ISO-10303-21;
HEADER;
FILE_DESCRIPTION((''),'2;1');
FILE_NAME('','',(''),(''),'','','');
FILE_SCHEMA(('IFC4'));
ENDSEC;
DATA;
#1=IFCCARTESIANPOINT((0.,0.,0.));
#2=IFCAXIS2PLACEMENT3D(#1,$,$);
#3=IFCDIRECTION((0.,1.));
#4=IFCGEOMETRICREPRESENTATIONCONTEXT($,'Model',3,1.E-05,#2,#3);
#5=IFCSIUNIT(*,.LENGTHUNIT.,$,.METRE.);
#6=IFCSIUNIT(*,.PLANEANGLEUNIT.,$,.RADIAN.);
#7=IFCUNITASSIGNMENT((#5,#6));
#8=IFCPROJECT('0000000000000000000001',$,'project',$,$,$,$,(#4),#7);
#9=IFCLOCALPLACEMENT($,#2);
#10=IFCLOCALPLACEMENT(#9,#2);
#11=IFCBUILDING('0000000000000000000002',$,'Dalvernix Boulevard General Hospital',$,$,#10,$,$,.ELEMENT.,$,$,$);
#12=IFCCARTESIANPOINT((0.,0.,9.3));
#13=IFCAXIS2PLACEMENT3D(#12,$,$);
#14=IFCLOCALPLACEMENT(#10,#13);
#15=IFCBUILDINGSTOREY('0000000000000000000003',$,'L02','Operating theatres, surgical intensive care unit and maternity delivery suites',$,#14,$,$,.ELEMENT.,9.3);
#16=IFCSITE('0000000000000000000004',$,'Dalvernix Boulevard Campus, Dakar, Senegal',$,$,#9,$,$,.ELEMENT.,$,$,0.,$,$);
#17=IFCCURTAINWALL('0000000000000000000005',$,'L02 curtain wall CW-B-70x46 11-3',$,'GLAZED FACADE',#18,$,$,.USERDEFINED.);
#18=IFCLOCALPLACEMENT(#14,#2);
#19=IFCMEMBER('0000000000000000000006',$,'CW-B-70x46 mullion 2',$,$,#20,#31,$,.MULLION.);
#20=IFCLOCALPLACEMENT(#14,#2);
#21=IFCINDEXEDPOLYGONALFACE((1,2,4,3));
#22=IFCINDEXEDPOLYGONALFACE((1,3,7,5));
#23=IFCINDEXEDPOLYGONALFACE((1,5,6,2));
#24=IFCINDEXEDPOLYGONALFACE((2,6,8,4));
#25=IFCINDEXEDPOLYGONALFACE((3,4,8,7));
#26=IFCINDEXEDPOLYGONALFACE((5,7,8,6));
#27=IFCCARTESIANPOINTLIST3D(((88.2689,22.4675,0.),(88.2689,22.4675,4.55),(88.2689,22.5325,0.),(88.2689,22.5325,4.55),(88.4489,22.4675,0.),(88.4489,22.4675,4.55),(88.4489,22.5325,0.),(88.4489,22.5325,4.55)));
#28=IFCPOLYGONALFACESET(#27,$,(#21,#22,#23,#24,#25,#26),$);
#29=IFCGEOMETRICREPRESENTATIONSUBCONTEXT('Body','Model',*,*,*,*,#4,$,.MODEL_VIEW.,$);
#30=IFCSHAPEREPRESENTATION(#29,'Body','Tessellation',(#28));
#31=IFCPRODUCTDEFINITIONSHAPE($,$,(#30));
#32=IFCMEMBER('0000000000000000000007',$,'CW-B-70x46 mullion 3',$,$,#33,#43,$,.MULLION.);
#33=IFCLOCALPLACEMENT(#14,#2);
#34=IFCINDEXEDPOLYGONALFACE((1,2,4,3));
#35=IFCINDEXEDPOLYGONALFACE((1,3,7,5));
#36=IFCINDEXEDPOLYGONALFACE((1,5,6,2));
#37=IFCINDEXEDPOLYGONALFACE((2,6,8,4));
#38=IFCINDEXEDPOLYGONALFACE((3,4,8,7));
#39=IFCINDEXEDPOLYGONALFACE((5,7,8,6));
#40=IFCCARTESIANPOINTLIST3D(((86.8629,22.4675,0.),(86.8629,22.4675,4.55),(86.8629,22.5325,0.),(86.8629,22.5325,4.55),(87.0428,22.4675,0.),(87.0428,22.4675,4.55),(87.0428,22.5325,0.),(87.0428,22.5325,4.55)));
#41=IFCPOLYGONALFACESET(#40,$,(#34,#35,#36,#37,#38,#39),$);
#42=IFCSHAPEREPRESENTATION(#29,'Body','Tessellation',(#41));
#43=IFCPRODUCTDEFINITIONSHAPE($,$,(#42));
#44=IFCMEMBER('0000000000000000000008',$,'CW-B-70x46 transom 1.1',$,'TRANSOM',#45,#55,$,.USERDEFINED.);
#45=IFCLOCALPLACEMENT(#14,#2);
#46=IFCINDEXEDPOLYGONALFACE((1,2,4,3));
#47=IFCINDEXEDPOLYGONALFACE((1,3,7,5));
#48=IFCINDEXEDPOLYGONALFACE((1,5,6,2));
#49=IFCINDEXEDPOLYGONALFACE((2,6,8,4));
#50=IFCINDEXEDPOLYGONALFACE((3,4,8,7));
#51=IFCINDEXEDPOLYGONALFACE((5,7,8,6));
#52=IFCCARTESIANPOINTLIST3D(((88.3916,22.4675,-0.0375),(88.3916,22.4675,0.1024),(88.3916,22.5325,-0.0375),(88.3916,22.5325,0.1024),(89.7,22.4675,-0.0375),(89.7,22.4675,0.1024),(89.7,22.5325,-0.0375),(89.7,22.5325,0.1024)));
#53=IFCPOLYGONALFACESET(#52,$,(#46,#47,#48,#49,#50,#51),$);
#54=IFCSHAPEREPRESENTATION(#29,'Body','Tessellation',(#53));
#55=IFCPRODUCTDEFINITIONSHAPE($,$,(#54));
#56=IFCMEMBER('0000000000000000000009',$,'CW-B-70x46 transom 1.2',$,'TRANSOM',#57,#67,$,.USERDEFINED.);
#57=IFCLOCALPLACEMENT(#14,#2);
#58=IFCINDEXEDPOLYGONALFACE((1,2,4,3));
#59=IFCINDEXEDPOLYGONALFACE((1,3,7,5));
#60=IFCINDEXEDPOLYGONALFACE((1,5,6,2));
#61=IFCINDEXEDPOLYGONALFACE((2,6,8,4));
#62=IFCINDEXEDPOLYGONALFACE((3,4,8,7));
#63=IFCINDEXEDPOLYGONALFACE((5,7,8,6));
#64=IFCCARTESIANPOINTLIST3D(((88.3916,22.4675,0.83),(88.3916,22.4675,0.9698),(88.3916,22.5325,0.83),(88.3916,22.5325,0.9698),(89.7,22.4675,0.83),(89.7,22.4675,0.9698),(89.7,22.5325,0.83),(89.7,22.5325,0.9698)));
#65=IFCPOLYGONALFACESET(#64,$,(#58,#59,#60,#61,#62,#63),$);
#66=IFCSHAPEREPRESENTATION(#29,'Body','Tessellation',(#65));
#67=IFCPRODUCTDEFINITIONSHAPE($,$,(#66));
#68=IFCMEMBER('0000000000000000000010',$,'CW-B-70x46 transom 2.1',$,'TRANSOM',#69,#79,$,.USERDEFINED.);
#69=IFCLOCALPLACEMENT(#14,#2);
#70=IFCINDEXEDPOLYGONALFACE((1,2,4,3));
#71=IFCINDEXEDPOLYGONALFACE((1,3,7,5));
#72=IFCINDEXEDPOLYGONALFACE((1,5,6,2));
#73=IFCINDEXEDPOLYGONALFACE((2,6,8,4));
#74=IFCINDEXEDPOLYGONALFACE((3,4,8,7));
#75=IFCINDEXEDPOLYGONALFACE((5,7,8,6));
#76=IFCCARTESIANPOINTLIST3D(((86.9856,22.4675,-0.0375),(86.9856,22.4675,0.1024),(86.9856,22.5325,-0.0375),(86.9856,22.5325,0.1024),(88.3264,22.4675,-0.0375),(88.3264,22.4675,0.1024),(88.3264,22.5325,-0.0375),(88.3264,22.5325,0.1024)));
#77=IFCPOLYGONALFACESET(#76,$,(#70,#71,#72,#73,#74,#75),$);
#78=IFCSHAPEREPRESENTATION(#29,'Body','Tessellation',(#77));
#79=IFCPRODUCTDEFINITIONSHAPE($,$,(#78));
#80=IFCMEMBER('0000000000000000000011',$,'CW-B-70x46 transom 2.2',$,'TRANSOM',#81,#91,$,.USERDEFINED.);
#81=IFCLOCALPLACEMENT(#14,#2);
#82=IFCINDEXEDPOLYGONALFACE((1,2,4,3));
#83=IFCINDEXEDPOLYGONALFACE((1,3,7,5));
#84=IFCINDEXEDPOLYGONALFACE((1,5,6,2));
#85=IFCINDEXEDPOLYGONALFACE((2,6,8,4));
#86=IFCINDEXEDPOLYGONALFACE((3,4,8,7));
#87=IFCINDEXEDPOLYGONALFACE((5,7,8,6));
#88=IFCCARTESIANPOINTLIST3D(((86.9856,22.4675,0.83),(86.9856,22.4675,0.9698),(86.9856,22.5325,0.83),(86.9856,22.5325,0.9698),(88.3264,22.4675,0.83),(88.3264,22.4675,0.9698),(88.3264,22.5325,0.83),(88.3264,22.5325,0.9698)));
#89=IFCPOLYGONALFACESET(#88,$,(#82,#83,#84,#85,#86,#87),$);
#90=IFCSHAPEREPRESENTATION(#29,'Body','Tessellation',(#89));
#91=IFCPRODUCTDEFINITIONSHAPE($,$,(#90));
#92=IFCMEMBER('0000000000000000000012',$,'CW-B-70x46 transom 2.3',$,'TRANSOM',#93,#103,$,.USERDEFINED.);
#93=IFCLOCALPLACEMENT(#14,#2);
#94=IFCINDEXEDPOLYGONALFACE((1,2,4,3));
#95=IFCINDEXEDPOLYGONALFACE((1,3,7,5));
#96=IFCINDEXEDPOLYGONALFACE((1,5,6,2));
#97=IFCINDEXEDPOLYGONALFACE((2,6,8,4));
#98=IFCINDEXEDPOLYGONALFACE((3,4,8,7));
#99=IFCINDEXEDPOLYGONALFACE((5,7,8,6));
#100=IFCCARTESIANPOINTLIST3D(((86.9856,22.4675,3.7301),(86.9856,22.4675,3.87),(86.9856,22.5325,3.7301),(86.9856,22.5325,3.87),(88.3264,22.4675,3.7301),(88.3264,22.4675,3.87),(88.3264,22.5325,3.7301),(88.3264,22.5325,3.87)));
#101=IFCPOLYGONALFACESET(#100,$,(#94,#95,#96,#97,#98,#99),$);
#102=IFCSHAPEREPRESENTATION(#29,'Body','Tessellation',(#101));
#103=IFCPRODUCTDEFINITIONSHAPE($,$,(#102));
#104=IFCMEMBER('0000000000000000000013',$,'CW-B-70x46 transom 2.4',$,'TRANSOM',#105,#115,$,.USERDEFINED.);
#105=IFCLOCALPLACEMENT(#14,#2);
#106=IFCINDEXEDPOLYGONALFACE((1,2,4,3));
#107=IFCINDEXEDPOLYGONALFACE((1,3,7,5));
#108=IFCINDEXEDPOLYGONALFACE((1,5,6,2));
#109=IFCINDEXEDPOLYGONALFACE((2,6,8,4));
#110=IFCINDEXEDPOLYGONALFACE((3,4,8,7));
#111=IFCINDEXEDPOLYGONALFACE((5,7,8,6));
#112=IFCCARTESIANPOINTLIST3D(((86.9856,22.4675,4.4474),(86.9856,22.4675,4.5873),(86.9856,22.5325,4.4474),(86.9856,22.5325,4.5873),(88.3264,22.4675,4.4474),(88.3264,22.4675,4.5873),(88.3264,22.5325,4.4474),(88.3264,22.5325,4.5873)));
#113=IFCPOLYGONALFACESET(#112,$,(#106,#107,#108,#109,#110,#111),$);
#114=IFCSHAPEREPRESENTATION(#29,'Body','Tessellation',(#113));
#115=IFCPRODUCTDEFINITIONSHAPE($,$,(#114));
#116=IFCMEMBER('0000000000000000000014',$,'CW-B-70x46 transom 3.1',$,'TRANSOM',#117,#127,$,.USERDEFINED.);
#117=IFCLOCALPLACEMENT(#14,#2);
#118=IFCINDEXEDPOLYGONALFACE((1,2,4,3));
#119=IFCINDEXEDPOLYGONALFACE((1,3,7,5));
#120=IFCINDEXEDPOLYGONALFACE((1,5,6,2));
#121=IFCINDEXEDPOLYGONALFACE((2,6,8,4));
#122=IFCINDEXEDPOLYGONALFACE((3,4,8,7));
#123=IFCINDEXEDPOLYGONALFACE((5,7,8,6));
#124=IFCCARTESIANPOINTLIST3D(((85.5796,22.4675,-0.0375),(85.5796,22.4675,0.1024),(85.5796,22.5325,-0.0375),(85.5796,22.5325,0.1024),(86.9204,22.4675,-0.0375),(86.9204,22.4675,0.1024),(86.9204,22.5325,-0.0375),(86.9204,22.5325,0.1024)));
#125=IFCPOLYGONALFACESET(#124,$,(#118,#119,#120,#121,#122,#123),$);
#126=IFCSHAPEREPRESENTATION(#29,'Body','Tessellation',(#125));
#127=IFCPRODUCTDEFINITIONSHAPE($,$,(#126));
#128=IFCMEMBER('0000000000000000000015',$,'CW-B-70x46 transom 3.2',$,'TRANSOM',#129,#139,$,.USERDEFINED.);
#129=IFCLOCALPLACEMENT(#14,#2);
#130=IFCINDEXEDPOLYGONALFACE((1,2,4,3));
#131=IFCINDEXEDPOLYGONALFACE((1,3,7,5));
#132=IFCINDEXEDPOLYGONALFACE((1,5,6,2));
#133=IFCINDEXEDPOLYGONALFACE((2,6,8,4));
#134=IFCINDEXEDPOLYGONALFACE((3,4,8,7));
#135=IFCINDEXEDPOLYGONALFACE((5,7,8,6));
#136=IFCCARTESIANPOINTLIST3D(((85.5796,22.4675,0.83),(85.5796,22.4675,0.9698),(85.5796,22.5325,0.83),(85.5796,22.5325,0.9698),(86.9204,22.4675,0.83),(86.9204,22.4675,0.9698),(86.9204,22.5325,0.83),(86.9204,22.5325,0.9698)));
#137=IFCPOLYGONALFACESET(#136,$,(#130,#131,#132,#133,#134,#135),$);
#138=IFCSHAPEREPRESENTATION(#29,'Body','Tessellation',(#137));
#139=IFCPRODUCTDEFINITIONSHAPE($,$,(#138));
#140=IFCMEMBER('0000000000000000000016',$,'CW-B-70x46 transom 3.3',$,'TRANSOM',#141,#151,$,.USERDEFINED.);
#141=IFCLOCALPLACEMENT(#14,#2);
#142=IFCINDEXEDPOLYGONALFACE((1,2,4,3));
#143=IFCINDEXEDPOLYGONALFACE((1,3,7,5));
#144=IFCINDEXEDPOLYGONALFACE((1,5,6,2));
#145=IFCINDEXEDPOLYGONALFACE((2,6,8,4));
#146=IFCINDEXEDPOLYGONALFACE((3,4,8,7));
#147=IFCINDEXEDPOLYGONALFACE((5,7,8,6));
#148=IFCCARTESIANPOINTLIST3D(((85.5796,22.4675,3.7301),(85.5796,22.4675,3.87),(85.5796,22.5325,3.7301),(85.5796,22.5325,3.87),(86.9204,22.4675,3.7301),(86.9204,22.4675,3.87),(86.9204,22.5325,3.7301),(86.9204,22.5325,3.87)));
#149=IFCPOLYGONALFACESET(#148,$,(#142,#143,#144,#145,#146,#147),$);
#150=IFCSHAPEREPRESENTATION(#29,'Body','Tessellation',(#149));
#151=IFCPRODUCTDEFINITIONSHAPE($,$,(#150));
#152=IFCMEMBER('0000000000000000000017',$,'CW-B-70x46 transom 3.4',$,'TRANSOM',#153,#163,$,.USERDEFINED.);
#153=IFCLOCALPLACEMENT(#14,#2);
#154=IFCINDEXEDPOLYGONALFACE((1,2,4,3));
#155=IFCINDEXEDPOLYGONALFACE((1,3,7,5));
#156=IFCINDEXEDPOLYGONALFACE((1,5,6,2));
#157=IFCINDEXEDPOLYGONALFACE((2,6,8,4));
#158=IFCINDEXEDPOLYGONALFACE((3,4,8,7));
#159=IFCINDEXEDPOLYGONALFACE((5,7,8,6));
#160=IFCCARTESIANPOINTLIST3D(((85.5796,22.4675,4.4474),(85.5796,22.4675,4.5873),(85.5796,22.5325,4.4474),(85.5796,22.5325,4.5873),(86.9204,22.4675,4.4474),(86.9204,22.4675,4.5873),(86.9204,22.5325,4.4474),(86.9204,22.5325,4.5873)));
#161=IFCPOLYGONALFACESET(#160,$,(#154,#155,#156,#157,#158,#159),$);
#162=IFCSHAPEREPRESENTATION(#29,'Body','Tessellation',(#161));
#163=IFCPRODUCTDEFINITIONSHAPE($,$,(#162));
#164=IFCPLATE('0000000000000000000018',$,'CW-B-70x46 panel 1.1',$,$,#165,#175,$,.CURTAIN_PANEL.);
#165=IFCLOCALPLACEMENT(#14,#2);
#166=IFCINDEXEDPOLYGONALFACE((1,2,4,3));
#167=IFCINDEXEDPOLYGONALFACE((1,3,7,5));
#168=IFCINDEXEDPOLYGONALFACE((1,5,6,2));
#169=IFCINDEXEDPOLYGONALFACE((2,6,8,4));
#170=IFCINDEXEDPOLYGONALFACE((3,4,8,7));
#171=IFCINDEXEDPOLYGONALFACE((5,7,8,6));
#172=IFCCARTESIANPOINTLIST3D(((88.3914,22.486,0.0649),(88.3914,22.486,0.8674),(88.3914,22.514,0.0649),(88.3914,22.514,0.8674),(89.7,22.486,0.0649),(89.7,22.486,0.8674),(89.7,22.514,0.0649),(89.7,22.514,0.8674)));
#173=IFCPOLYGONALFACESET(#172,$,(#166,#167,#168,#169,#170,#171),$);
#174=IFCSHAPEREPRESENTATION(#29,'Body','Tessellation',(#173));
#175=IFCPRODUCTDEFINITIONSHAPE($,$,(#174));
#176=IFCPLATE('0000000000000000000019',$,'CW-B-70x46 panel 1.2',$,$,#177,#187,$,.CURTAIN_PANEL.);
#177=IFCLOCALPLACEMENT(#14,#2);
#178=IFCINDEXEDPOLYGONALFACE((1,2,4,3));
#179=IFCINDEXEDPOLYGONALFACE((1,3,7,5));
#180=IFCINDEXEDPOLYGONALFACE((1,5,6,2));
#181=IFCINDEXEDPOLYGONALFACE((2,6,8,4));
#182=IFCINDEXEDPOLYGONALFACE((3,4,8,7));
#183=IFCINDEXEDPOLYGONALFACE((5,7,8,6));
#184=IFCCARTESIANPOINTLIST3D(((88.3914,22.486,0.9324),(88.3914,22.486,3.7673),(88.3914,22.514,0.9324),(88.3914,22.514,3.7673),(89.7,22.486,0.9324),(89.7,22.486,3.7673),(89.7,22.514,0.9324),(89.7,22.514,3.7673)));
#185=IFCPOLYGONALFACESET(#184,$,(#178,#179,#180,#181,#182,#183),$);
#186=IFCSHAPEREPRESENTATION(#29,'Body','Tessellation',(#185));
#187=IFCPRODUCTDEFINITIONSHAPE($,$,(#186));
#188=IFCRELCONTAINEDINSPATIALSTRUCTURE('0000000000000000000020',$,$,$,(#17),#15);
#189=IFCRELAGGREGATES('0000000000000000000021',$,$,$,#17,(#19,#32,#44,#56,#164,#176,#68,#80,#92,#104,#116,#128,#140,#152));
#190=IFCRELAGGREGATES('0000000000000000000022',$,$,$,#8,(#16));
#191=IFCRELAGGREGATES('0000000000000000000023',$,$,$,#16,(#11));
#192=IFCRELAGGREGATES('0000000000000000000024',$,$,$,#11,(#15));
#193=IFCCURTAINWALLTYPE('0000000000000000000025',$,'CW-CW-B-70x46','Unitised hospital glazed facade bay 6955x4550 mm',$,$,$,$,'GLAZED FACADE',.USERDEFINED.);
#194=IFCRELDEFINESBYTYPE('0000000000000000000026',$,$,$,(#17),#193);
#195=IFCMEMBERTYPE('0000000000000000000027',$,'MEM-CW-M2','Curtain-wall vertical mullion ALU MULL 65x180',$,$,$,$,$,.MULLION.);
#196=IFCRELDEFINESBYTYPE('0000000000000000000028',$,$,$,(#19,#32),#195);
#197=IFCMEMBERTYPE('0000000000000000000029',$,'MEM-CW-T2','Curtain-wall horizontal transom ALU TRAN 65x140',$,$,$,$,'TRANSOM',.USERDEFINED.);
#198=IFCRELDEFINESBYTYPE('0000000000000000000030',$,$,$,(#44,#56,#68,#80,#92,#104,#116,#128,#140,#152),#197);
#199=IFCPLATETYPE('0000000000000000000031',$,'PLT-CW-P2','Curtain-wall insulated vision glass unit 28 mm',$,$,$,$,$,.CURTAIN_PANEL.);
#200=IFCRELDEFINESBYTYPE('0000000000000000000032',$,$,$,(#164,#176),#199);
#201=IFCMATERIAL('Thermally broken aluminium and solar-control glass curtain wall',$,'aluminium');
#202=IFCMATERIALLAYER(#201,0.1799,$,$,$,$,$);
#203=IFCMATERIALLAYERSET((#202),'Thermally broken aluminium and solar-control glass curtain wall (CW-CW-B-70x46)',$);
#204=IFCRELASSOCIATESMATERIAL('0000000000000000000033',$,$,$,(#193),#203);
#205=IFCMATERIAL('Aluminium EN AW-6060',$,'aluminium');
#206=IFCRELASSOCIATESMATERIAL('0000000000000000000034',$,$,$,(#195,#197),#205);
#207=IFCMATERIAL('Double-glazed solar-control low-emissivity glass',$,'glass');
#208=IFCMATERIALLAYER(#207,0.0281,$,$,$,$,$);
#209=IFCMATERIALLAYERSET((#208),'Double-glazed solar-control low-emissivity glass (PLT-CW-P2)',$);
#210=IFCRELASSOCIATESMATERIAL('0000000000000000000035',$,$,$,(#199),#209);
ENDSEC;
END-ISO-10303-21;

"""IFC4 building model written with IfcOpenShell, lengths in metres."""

from ifc_helpers import new_model, si_unit, direction, frame, origin, origin_2d, place, context, subcontext, project, spatial, rectangle, extrude, material, layer, layer_set, material_profile, profile_set, type_object, element, aggregate, save


model = new_model("IFC4")

# Units and contexts
model_context = context("Model", 3, precision=1e-05, world=origin(), true_north=direction((0.0, 1.0)))
body_context = subcontext(model_context, "Body", "Model", "MODEL_VIEW")
ifc_project = project(units=[si_unit("LENGTHUNIT", "METRE"), si_unit("PLANEANGLEUNIT", "RADIAN")], contexts=[model_context])

# Site, building, storey
site_placement = place(None, origin())
site = spatial("IfcSite", under=ifc_project, at=site_placement, Name="Dalvernix Boulevard Campus, Dakar, Senegal", CompositionType="ELEMENT", RefElevation=0.0)
building_placement = place(site_placement, origin())
building = spatial("IfcBuilding", under=site, at=building_placement, Name="Dalvernix Boulevard General Hospital", CompositionType="ELEMENT")
storey_placement = place(building_placement, frame((0.0, 0.0, 9.3)))
storey = spatial("IfcBuildingStorey", under=building, at=storey_placement, Name="L02", Description="Operating theatres, surgical intensive care unit and maternity delivery suites", CompositionType="ELEMENT", Elevation=9.3)

# Curtain wall, members, plates
ifc_material_1 = material(Name="Thermally broken aluminium and solar-control glass curtain wall", Category="aluminium")
ifc_layer_1 = layer(ifc_material_1, 0.1799)
ifc_layer_set_1 = layer_set([ifc_layer_1], Name="Thermally broken aluminium and solar-control glass curtain wall (CW-CW-B-70x46)")
curtain_wall_type = type_object("IfcCurtainWallType", Name="CW-CW-B-70x46", Description="Unitised hospital glazed facade bay 6955x4550 mm", ElementType="GLAZED FACADE", PredefinedType="USERDEFINED", material=ifc_layer_set_1)
curtain_wall_placement = place(storey_placement, origin())
curtain_wall = element("IfcCurtainWall", 1, at=curtain_wall_placement, inside=storey, type_object=curtain_wall_type, Name="L02 curtain wall CW-B-70x46 11-3", ObjectType="GLAZED FACADE", PredefinedType="USERDEFINED")
ifc_material_2 = material(Name="Aluminium EN AW-6060", Category="aluminium")
ifc_material_profile_1 = material_profile(ifc_material_2, rectangle(XDim=0.0649, YDim=0.1799, at=origin_2d()), Name="ALU MULL 65x180")
ifc_profile_set_1 = profile_set([ifc_material_profile_1], Name="Aluminium EN AW-6060")
member_type_1 = type_object("IfcMemberType", Name="MEM-CW-M2", Description="Curtain-wall vertical mullion ALU MULL 65x180", PredefinedType="MULLION", material=ifc_profile_set_1)
member_1_placement = place(storey_placement, frame((88.3589, 22.5, 0.0), z_axis=(0.0, 0.0, 1.0), x_axis=(0.0, -1.0, 0.0)))
member_1 = element("IfcMember", 2, at=member_1_placement, type_object=member_type_1, Name="CW-B-70x46 mullion 2", PredefinedType="MULLION", context=body_context, shape_type="SweptSolid", body=[
    extrude(rectangle(XDim=0.0649, YDim=0.1799, at=origin_2d()), origin(), (0.0, 0.0, 1.0), 4.55),
])
member_2_placement = place(storey_placement, frame((86.9529, 22.5, 0.0), z_axis=(0.0, 0.0, 1.0), x_axis=(0.0, -1.0, 0.0)))
member_2 = element("IfcMember", 3, at=member_2_placement, type_object=member_type_1, Name="CW-B-70x46 mullion 3", PredefinedType="MULLION", context=body_context, shape_type="SweptSolid", body=[
    extrude(rectangle(XDim=0.0649, YDim=0.1799, at=origin_2d()), origin(), (0.0, 0.0, 1.0), 4.55),
])
ifc_material_profile_2 = material_profile(ifc_material_2, rectangle(XDim=0.0649, YDim=0.1399, at=origin_2d()), Name="ALU TRAN 65x140")
ifc_profile_set_2 = profile_set([ifc_material_profile_2], Name="Aluminium EN AW-6060")
member_type_2 = type_object("IfcMemberType", Name="MEM-CW-T2", Description="Curtain-wall horizontal transom ALU TRAN 65x140", ElementType="TRANSOM", PredefinedType="USERDEFINED", material=ifc_profile_set_2)
member_3_placement = place(storey_placement, frame((89.7, 22.5, 0.0325), z_axis=(-1.0, 0.0, 0.0), x_axis=(0.0, -1.0, 0.0)))
member_3 = element("IfcMember", 4, at=member_3_placement, type_object=member_type_2, Name="CW-B-70x46 transom 1.1", ObjectType="TRANSOM", PredefinedType="USERDEFINED", context=body_context, shape_type="SweptSolid", body=[
    extrude(rectangle(XDim=0.0649, YDim=0.1399, at=origin_2d()), origin(), (0.0, 0.0, 1.0), 1.3083),
])
member_4_placement = place(storey_placement, frame((89.7, 22.5, 0.8999), z_axis=(-1.0, 0.0, 0.0), x_axis=(0.0, -1.0, 0.0)))
member_4 = element("IfcMember", 5, at=member_4_placement, type_object=member_type_2, Name="CW-B-70x46 transom 1.2", ObjectType="TRANSOM", PredefinedType="USERDEFINED", context=body_context, shape_type="SweptSolid", body=[
    extrude(rectangle(XDim=0.0649, YDim=0.1399, at=origin_2d()), origin(), (0.0, 0.0, 1.0), 1.3083),
])
member_5_placement = place(storey_placement, frame((88.3264, 22.5, 0.0325), z_axis=(-1.0, 0.0, 0.0), x_axis=(0.0, -1.0, 0.0)))
member_5 = element("IfcMember", 6, at=member_5_placement, type_object=member_type_2, Name="CW-B-70x46 transom 2.1", ObjectType="TRANSOM", PredefinedType="USERDEFINED", context=body_context, shape_type="SweptSolid", body=[
    extrude(rectangle(XDim=0.0649, YDim=0.1399, at=origin_2d()), origin(), (0.0, 0.0, 1.0), 1.3408),
])
member_6_placement = place(storey_placement, frame((88.3264, 22.5, 0.8999), z_axis=(-1.0, 0.0, 0.0), x_axis=(0.0, -1.0, 0.0)))
member_6 = element("IfcMember", 7, at=member_6_placement, type_object=member_type_2, Name="CW-B-70x46 transom 2.2", ObjectType="TRANSOM", PredefinedType="USERDEFINED", context=body_context, shape_type="SweptSolid", body=[
    extrude(rectangle(XDim=0.0649, YDim=0.1399, at=origin_2d()), origin(), (0.0, 0.0, 1.0), 1.3408),
])
member_7_placement = place(storey_placement, frame((88.3264, 22.5, 3.8), z_axis=(-1.0, 0.0, 0.0), x_axis=(0.0, -1.0, 0.0)))
member_7 = element("IfcMember", 8, at=member_7_placement, type_object=member_type_2, Name="CW-B-70x46 transom 2.3", ObjectType="TRANSOM", PredefinedType="USERDEFINED", context=body_context, shape_type="SweptSolid", body=[
    extrude(rectangle(XDim=0.0649, YDim=0.1399, at=origin_2d()), origin(), (0.0, 0.0, 1.0), 1.3408),
])
member_8_placement = place(storey_placement, frame((88.3264, 22.5, 4.5173), z_axis=(-1.0, 0.0, 0.0), x_axis=(0.0, -1.0, 0.0)))
member_8 = element("IfcMember", 9, at=member_8_placement, type_object=member_type_2, Name="CW-B-70x46 transom 2.4", ObjectType="TRANSOM", PredefinedType="USERDEFINED", context=body_context, shape_type="SweptSolid", body=[
    extrude(rectangle(XDim=0.0649, YDim=0.1399, at=origin_2d()), origin(), (0.0, 0.0, 1.0), 1.3408),
])
member_9_placement = place(storey_placement, frame((86.9204, 22.5, 0.0325), z_axis=(-1.0, 0.0, 0.0), x_axis=(0.0, -1.0, 0.0)))
member_9 = element("IfcMember", 10, at=member_9_placement, type_object=member_type_2, Name="CW-B-70x46 transom 3.1", ObjectType="TRANSOM", PredefinedType="USERDEFINED", context=body_context, shape_type="SweptSolid", body=[
    extrude(rectangle(XDim=0.0649, YDim=0.1399, at=origin_2d()), origin(), (0.0, 0.0, 1.0), 1.3408),
])
member_10_placement = place(storey_placement, frame((86.9204, 22.5, 0.8999), z_axis=(-1.0, 0.0, 0.0), x_axis=(0.0, -1.0, 0.0)))
member_10 = element("IfcMember", 11, at=member_10_placement, type_object=member_type_2, Name="CW-B-70x46 transom 3.2", ObjectType="TRANSOM", PredefinedType="USERDEFINED", context=body_context, shape_type="SweptSolid", body=[
    extrude(rectangle(XDim=0.0649, YDim=0.1399, at=origin_2d()), origin(), (0.0, 0.0, 1.0), 1.3408),
])
member_11_placement = place(storey_placement, frame((86.9204, 22.5, 3.8), z_axis=(-1.0, 0.0, 0.0), x_axis=(0.0, -1.0, 0.0)))
member_11 = element("IfcMember", 12, at=member_11_placement, type_object=member_type_2, Name="CW-B-70x46 transom 3.3", ObjectType="TRANSOM", PredefinedType="USERDEFINED", context=body_context, shape_type="SweptSolid", body=[
    extrude(rectangle(XDim=0.0649, YDim=0.1399, at=origin_2d()), origin(), (0.0, 0.0, 1.0), 1.3408),
])
member_12_placement = place(storey_placement, frame((86.9204, 22.5, 4.5173), z_axis=(-1.0, 0.0, 0.0), x_axis=(0.0, -1.0, 0.0)))
member_12 = element("IfcMember", 13, at=member_12_placement, type_object=member_type_2, Name="CW-B-70x46 transom 3.4", ObjectType="TRANSOM", PredefinedType="USERDEFINED", context=body_context, shape_type="SweptSolid", body=[
    extrude(rectangle(XDim=0.0649, YDim=0.1399, at=origin_2d()), origin(), (0.0, 0.0, 1.0), 1.3408),
])
ifc_material_3 = material(Name="Double-glazed solar-control low-emissivity glass", Category="glass")
ifc_layer_2 = layer(ifc_material_3, 0.0281)
ifc_layer_set_2 = layer_set([ifc_layer_2], Name="Double-glazed solar-control low-emissivity glass (PLT-CW-P2)")
plate_type = type_object("IfcPlateType", Name="PLT-CW-P2", Description="Curtain-wall insulated vision glass unit 28 mm", PredefinedType="CURTAIN_PANEL", material=ifc_layer_set_2)
plate_1_placement = place(storey_placement, frame((89.0457, 22.5, 0.0649), z_axis=(0.0, 0.0, 1.0), x_axis=(-1.0, 0.0, 0.0)))
plate_1 = element("IfcPlate", 14, at=plate_1_placement, type_object=plate_type, Name="CW-B-70x46 panel 1.1", PredefinedType="CURTAIN_PANEL", context=body_context, shape_type="SweptSolid", body=[
    extrude(rectangle(XDim=1.3086, YDim=0.0281, at=origin_2d()), origin(), (0.0, 0.0, 1.0), 0.8025),
])
plate_2_placement = place(storey_placement, frame((89.0457, 22.5, 0.9324), z_axis=(0.0, 0.0, 1.0), x_axis=(-1.0, 0.0, 0.0)))
plate_2 = element("IfcPlate", 15, at=plate_2_placement, type_object=plate_type, Name="CW-B-70x46 panel 1.2", PredefinedType="CURTAIN_PANEL", context=body_context, shape_type="SweptSolid", body=[
    extrude(rectangle(XDim=1.3086, YDim=0.0281, at=origin_2d()), origin(), (0.0, 0.0, 1.0), 2.835),
])
aggregate(curtain_wall, [member_1, member_2, member_3, member_4, plate_1, plate_2, member_5, member_6, member_7, member_8, member_9, member_10, member_11, member_12])

save(model, "model.ifc")
